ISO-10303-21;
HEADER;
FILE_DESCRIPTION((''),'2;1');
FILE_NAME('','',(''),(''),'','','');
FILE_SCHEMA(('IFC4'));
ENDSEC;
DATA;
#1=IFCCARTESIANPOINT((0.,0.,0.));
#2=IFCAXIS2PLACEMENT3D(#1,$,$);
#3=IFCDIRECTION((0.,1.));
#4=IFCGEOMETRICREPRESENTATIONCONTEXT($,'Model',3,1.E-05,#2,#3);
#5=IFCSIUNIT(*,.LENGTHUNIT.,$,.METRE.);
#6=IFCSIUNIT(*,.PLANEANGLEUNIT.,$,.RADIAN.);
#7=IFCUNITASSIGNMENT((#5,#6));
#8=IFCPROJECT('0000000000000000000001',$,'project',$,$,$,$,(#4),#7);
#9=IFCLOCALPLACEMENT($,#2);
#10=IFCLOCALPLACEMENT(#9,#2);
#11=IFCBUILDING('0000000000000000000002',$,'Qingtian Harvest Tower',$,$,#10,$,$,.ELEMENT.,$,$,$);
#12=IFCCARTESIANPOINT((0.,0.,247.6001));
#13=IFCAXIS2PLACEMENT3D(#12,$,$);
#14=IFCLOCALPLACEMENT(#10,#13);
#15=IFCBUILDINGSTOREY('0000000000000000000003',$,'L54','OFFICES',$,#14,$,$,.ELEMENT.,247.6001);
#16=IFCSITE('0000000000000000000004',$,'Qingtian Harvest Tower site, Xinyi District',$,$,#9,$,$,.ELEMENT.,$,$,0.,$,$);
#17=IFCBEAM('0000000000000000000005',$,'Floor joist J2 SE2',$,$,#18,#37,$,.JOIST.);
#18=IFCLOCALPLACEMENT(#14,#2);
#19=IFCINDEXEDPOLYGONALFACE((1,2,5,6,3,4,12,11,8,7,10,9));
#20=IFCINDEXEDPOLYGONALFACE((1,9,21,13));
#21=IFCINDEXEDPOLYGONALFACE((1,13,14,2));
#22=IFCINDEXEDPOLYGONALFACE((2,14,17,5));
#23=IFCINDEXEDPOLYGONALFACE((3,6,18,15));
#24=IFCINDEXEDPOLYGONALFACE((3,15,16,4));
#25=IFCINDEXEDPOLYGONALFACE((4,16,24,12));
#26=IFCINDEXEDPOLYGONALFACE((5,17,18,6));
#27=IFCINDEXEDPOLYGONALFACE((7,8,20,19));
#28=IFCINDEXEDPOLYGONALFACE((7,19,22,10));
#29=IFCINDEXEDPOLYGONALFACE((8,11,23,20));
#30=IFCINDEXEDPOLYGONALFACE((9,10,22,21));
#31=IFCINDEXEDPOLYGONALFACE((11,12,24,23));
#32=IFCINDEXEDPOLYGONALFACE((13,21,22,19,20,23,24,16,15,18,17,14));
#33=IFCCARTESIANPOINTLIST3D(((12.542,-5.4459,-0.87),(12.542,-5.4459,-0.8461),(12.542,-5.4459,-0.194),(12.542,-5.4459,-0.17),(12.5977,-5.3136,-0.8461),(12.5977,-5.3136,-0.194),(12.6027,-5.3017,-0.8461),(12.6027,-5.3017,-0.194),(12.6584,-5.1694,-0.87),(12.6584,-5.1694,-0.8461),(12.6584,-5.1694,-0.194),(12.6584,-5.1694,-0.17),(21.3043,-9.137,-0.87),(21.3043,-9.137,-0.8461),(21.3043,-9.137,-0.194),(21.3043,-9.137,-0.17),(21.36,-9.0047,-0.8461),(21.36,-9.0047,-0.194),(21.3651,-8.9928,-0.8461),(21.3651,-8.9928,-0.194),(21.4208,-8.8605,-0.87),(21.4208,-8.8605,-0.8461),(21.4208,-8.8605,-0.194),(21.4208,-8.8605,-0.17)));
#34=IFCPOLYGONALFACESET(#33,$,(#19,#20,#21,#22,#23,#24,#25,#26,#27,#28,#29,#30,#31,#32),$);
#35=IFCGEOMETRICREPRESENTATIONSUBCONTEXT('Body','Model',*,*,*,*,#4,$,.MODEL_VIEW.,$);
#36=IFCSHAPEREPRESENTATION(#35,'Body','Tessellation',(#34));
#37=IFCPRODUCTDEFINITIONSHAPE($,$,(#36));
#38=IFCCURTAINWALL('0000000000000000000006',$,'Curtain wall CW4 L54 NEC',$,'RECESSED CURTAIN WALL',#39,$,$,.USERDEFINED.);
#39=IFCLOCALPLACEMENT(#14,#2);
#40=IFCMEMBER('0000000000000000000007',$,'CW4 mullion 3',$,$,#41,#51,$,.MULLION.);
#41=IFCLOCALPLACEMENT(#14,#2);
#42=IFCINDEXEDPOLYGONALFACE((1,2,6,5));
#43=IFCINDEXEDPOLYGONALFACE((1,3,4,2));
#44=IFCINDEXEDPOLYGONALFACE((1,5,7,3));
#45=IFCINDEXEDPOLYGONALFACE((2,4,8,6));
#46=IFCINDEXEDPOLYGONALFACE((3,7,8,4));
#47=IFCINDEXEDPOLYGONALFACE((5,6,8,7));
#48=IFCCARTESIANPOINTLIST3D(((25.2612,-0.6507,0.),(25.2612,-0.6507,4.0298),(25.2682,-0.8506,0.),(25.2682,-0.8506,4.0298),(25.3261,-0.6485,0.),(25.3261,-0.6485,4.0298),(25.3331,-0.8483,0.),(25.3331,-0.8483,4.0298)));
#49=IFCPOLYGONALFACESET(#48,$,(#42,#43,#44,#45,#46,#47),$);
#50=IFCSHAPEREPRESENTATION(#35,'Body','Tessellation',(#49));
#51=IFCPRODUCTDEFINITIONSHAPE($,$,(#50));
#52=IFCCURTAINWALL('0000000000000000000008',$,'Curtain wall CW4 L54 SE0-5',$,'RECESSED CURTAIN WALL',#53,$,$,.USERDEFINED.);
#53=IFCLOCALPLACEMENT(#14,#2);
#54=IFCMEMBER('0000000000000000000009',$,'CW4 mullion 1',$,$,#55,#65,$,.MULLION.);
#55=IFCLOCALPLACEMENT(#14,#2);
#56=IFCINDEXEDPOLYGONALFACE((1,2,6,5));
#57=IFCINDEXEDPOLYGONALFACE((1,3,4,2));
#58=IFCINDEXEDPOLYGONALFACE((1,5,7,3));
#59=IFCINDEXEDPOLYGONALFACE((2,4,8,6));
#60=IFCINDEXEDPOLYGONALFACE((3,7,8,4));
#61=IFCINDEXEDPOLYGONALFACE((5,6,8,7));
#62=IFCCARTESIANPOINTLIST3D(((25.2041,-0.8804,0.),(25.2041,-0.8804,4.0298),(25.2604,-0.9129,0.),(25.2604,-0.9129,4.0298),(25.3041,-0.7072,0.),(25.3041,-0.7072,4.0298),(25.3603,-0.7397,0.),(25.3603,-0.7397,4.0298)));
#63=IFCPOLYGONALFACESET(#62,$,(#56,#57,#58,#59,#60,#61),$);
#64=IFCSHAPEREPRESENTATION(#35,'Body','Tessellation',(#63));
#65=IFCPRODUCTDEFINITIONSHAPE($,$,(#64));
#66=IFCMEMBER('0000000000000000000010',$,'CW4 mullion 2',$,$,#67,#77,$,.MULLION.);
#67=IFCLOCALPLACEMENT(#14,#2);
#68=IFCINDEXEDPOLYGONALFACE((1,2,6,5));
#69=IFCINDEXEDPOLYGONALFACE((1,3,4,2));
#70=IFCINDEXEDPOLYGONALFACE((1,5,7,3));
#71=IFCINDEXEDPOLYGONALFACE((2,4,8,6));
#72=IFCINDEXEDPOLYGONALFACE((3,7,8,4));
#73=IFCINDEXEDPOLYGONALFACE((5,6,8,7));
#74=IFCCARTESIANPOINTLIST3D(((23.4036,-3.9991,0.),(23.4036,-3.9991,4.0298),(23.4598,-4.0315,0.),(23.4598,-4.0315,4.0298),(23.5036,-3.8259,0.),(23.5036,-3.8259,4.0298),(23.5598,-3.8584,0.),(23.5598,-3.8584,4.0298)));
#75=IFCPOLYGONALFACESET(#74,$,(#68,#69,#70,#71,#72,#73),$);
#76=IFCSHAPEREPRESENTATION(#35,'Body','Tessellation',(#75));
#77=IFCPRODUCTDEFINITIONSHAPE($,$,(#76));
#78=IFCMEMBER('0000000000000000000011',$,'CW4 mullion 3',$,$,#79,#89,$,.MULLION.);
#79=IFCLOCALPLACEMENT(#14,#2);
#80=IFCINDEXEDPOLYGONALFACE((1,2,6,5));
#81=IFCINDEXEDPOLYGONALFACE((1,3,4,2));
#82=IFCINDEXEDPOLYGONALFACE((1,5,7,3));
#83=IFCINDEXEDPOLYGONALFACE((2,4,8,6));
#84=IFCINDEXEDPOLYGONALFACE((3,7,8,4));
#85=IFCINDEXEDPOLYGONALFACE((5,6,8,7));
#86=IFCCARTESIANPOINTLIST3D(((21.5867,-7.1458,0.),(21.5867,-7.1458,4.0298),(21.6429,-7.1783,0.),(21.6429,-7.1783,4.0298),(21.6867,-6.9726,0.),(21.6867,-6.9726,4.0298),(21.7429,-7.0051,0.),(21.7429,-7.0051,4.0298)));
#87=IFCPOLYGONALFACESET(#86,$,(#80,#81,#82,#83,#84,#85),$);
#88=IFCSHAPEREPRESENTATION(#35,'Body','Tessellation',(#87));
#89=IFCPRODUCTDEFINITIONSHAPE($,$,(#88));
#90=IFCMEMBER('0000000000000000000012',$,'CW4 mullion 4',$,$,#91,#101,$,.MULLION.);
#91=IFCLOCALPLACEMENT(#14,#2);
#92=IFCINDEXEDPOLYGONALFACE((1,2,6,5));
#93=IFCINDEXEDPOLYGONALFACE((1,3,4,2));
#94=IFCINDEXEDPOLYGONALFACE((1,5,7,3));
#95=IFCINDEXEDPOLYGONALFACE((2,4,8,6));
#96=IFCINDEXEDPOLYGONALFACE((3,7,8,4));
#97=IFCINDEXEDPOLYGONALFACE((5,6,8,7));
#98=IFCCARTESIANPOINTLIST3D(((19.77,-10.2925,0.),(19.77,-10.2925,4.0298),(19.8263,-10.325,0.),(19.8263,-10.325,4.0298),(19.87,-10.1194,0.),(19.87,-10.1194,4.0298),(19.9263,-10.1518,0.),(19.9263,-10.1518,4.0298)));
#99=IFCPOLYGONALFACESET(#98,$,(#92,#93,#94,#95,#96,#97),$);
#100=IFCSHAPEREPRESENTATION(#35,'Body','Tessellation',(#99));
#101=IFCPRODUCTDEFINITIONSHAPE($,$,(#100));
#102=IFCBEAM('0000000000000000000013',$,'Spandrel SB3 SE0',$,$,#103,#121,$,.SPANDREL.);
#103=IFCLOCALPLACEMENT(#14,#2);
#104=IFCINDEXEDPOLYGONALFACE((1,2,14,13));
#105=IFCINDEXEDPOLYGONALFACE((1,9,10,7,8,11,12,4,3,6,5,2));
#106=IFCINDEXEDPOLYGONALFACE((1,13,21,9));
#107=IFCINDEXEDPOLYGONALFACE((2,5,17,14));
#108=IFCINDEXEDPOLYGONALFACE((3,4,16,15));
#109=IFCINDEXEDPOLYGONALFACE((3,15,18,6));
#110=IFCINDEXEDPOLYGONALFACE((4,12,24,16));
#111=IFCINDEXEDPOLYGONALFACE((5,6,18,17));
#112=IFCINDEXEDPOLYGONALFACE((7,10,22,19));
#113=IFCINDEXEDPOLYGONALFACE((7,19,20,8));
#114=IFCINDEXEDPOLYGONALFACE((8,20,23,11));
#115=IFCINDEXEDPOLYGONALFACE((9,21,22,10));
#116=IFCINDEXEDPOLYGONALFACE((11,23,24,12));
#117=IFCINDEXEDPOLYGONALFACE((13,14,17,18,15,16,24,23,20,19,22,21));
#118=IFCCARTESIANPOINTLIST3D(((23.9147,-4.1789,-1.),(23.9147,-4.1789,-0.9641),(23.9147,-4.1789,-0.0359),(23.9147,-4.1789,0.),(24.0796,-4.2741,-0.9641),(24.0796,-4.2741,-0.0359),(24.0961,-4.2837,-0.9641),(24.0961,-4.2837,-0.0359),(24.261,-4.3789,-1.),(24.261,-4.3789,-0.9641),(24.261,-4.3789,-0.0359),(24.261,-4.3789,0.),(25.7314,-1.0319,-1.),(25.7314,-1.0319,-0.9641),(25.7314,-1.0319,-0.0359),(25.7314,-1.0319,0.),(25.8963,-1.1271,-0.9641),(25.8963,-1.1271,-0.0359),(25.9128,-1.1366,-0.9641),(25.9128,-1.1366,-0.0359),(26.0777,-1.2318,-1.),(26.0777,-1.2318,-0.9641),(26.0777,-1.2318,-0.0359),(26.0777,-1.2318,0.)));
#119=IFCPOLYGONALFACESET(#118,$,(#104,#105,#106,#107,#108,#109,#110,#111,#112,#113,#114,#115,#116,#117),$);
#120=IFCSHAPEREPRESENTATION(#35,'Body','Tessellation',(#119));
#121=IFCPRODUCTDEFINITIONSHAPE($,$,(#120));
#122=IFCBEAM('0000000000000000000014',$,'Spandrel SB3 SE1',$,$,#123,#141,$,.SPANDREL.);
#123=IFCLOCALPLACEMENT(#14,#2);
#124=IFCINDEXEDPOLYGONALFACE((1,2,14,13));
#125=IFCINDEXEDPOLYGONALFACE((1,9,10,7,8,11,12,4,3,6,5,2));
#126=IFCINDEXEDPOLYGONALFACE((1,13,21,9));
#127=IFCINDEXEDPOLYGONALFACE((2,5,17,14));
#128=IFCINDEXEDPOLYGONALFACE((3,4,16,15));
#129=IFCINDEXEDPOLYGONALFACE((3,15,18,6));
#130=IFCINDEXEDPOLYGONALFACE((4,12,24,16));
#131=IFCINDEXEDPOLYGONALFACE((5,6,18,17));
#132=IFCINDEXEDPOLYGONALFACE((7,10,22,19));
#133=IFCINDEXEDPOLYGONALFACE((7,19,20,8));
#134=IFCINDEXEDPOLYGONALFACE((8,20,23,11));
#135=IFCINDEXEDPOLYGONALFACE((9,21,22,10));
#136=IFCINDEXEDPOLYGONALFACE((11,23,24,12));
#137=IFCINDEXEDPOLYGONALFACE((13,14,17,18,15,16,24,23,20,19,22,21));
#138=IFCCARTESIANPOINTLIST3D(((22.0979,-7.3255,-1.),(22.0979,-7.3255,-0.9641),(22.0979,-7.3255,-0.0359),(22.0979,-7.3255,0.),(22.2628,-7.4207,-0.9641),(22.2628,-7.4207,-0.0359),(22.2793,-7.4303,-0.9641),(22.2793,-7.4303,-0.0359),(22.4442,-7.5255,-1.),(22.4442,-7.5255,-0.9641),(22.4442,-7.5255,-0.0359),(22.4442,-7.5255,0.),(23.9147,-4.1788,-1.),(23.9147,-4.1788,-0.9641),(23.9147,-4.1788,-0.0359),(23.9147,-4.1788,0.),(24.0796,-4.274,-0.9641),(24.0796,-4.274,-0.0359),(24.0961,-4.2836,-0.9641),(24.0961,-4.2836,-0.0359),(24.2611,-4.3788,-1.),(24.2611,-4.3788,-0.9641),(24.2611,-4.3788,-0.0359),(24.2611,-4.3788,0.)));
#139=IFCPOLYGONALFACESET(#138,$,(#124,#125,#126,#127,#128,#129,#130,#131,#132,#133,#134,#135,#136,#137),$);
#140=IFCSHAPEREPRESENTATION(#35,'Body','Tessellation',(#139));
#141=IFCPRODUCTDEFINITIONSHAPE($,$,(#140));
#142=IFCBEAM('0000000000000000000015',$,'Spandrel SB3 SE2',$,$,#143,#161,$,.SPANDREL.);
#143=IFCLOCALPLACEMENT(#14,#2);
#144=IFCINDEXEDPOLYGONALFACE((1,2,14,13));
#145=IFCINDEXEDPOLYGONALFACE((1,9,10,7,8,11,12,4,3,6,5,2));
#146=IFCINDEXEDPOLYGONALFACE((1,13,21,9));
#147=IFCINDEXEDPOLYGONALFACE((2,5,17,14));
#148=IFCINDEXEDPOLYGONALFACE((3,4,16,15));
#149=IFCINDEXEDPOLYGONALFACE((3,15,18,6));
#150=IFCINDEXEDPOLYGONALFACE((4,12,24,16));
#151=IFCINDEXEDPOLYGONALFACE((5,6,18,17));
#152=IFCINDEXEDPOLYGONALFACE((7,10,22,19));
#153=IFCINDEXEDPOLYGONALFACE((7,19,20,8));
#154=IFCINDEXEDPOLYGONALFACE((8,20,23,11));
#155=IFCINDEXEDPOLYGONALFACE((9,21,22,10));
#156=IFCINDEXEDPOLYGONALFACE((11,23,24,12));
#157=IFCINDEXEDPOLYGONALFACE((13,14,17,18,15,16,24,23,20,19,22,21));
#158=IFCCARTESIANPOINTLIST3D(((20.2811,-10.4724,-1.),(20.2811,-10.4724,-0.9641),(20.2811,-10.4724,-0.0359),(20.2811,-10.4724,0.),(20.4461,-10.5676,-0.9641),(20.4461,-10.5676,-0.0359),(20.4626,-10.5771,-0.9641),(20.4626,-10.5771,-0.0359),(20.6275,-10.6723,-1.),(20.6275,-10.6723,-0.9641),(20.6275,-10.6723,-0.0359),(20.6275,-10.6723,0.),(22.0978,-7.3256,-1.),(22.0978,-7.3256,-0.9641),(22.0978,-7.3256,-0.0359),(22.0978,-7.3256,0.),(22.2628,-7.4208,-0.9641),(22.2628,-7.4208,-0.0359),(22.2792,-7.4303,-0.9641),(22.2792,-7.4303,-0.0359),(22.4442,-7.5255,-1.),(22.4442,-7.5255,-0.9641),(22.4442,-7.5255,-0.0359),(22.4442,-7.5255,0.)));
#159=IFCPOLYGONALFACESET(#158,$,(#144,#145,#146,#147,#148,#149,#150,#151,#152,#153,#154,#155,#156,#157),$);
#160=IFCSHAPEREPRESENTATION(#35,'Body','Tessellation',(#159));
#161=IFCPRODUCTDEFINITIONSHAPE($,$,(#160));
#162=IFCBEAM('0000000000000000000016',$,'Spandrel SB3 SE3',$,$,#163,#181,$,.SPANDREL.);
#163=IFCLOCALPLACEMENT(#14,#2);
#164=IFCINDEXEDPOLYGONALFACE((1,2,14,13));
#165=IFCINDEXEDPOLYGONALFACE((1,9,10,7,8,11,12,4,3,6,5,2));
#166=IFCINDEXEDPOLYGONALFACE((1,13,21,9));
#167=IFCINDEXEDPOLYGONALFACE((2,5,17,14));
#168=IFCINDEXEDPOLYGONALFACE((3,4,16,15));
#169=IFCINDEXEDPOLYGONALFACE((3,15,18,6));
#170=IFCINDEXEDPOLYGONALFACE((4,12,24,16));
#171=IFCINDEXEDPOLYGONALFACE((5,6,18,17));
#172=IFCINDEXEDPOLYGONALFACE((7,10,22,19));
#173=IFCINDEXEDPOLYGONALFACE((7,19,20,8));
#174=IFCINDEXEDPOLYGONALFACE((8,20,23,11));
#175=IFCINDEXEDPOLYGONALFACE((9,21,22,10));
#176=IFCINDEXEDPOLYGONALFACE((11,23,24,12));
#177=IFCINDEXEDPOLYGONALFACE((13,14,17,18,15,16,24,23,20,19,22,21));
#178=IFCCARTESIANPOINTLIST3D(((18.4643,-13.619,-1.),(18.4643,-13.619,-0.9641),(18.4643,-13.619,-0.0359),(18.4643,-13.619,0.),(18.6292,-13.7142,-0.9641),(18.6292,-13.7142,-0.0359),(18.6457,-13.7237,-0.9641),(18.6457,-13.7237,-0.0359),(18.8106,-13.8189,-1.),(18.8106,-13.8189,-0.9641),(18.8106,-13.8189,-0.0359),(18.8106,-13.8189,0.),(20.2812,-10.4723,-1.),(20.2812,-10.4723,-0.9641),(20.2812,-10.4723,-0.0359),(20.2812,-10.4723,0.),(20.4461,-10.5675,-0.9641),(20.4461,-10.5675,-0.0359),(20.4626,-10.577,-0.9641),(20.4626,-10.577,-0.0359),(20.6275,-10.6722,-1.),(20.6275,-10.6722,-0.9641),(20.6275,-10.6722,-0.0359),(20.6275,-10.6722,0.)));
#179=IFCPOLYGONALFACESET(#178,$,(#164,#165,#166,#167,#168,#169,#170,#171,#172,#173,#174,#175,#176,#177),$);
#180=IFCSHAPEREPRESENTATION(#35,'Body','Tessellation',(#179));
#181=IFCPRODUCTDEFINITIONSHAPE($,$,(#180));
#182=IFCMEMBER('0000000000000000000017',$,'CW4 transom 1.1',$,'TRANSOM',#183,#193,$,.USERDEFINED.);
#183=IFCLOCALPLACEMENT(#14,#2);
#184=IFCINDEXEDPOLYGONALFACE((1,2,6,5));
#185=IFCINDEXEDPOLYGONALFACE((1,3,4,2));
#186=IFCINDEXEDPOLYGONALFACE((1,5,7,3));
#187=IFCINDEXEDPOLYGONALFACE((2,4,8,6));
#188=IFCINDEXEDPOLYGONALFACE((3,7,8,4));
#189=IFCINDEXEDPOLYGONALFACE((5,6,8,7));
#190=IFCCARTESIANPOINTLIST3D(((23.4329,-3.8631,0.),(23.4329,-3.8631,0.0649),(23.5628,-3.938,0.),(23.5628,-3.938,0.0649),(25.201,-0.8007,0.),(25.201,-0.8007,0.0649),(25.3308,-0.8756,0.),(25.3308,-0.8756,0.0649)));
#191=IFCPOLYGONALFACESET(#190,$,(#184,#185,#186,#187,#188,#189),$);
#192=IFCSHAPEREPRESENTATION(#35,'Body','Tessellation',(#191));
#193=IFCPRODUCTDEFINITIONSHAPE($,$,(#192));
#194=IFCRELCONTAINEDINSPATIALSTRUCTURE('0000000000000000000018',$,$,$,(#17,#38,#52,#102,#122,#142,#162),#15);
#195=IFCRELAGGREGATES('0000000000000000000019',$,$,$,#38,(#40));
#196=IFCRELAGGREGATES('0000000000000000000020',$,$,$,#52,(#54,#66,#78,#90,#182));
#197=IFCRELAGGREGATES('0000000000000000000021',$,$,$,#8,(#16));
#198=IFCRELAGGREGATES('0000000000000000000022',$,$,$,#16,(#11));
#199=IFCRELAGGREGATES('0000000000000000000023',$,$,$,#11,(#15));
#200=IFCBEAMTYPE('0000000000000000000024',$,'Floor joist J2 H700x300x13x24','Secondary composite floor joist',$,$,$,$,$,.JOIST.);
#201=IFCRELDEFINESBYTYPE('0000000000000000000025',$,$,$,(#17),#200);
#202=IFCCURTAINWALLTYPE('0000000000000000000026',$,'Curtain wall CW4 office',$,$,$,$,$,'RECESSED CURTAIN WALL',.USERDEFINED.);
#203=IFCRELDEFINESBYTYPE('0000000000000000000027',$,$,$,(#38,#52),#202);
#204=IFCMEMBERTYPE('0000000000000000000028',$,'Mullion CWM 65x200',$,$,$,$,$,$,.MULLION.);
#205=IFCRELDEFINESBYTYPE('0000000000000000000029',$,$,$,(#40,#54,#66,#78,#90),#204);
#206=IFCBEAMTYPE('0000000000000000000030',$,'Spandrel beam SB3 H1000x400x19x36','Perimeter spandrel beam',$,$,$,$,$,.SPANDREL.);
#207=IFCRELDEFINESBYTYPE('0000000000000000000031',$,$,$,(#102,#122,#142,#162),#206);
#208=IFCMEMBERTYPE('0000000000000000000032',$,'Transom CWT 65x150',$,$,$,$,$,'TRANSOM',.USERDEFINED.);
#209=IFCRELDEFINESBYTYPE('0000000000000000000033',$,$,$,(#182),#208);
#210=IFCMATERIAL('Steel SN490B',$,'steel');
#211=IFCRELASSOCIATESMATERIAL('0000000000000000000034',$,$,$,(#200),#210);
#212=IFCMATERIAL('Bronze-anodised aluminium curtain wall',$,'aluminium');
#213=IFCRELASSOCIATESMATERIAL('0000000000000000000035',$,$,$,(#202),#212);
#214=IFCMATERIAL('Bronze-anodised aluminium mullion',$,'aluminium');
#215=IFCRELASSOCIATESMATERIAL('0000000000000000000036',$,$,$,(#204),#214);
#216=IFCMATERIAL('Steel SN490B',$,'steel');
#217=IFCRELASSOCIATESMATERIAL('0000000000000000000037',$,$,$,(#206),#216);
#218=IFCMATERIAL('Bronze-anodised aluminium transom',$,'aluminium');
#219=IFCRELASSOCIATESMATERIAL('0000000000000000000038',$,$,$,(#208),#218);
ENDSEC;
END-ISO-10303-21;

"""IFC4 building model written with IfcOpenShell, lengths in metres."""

from ifc_helpers import new_model, si_unit, direction, frame, origin, origin_2d, place, context, subcontext, project, spatial, rectangle, i_section, extrude, material, material_profile, profile_set, type_object, element, aggregate, save


model = new_model("IFC4")

# Units and contexts
model_context = context("Model", 3, precision=1e-05, world=origin(), true_north=direction((0.0, 1.0)))
body_context = subcontext(model_context, "Body", "Model", "MODEL_VIEW")
ifc_project = project(units=[si_unit("LENGTHUNIT", "METRE"), si_unit("PLANEANGLEUNIT", "RADIAN")], contexts=[model_context])

# Site, building, storey
site_placement = place(None, origin())
site = spatial("IfcSite", under=ifc_project, at=site_placement, Name="Qingtian Harvest Tower site, Xinyi District", CompositionType="ELEMENT", RefElevation=0.0)
building_placement = place(site_placement, origin())
building = spatial("IfcBuilding", under=site, at=building_placement, Name="Qingtian Harvest Tower", CompositionType="ELEMENT")
storey_placement = place(building_placement, frame((0.0, 0.0, 247.6001)))
storey = spatial("IfcBuildingStorey", under=building, at=storey_placement, Name="L54", Description="OFFICES", CompositionType="ELEMENT", Elevation=247.6001)

# Beam
ifc_material_1 = material(Name="Steel SN490B", Category="steel")
ifc_material_profile_1 = material_profile(ifc_material_1, i_section(OverallWidth=0.3, OverallDepth=0.7, WebThickness=0.0129, FlangeThickness=0.0239, at=origin_2d()), Name="H700x300x13x24")
ifc_profile_set_1 = profile_set([ifc_material_profile_1], Name="Steel SN490B")
beam_type_1 = type_object("IfcBeamType", Name="Floor joist J2 H700x300x13x24", Description="Secondary composite floor joist", PredefinedType="JOIST", material=ifc_profile_set_1)
beam_1_placement = place(storey_placement, frame((21.3625, -8.9988, -0.52), z_axis=(-0.921571, 0.38821, 0.0), x_axis=(-0.38821, -0.921571, 0.0)))
element("IfcBeam", 1, at=beam_1_placement, inside=storey, type_object=beam_type_1, Name="Floor joist J2 SE2", PredefinedType="JOIST", context=body_context, shape_type="SweptSolid", body=[
    extrude(i_section(OverallWidth=0.3, OverallDepth=0.7, WebThickness=0.0129, FlangeThickness=0.0239, at=origin_2d()), origin(), (0.0, 0.0, 1.0), 9.5081),
])

# Curtain wall, member
ifc_material_2 = material(Name="Bronze-anodised aluminium curtain wall", Category="aluminium")
curtain_wall_type = type_object("IfcCurtainWallType", Name="Curtain wall CW4 office", ElementType="RECESSED CURTAIN WALL", PredefinedType="USERDEFINED", material=ifc_material_2)
curtain_wall_1_placement = place(storey_placement, origin())
curtain_wall_1 = element("IfcCurtainWall", 2, at=curtain_wall_1_placement, inside=storey, type_object=curtain_wall_type, Name="Curtain wall CW4 L54 NEC", ObjectType="RECESSED CURTAIN WALL", PredefinedType="USERDEFINED")
ifc_material_3 = material(Name="Bronze-anodised aluminium mullion", Category="aluminium")
ifc_material_profile_2 = material_profile(ifc_material_3, rectangle(XDim=0.0649, YDim=0.2, at=origin_2d()), Name="AL 65x200")
ifc_profile_set_2 = profile_set([ifc_material_profile_2], Name="Bronze-anodised aluminium mullion")
member_type_1 = type_object("IfcMemberType", Name="Mullion CWM 65x200", PredefinedType="MULLION", material=ifc_profile_set_2)
member_1_placement = place(storey_placement, frame((25.2971, -0.7495, 0.0), z_axis=(0.0, 0.0, 1.0), x_axis=(0.999391, 0.034899, 0.0)))
member_1 = element("IfcMember", 3, at=member_1_placement, type_object=member_type_1, Name="CW4 mullion 3", PredefinedType="MULLION", context=body_context, shape_type="SweptSolid", body=[
    extrude(rectangle(XDim=0.0649, YDim=0.2, at=origin_2d()), origin(), (0.0, 0.0, 1.0), 4.0298),
])
aggregate(curtain_wall_1, [member_1])

# Curtain wall, members
curtain_wall_2_placement = place(storey_placement, origin())
curtain_wall_2 = element("IfcCurtainWall", 4, at=curtain_wall_2_placement, inside=storey, type_object=curtain_wall_type, Name="Curtain wall CW4 L54 SE0-5", ObjectType="RECESSED CURTAIN WALL", PredefinedType="USERDEFINED")
member_2_placement = place(storey_placement, frame((25.2822, -0.8101, 0.0), z_axis=(0.0, 0.0, 1.0), x_axis=(0.866025, -0.5, 0.0)))
member_2 = element("IfcMember", 5, at=member_2_placement, type_object=member_type_1, Name="CW4 mullion 1", PredefinedType="MULLION", context=body_context, shape_type="SweptSolid", body=[
    extrude(rectangle(XDim=0.0649, YDim=0.2, at=origin_2d()), origin(), (0.0, 0.0, 1.0), 4.0298),
])
member_3_placement = place(storey_placement, frame((23.4817, -3.9287, 0.0), z_axis=(0.0, 0.0, 1.0), x_axis=(0.866025, -0.5, 0.0)))
member_3 = element("IfcMember", 6, at=member_3_placement, type_object=member_type_1, Name="CW4 mullion 2", PredefinedType="MULLION", context=body_context, shape_type="SweptSolid", body=[
    extrude(rectangle(XDim=0.0649, YDim=0.2, at=origin_2d()), origin(), (0.0, 0.0, 1.0), 4.0298),
])
member_4_placement = place(storey_placement, frame((21.6648, -7.0754, 0.0), z_axis=(0.0, 0.0, 1.0), x_axis=(0.866025, -0.5, 0.0)))
member_4 = element("IfcMember", 7, at=member_4_placement, type_object=member_type_1, Name="CW4 mullion 3", PredefinedType="MULLION", context=body_context, shape_type="SweptSolid", body=[
    extrude(rectangle(XDim=0.0649, YDim=0.2, at=origin_2d()), origin(), (0.0, 0.0, 1.0), 4.0298),
])
member_5_placement = place(storey_placement, frame((19.8481, -10.2222, 0.0), z_axis=(0.0, 0.0, 1.0), x_axis=(0.866025, -0.5, 0.0)))
member_5 = element("IfcMember", 8, at=member_5_placement, type_object=member_type_1, Name="CW4 mullion 4", PredefinedType="MULLION", context=body_context, shape_type="SweptSolid", body=[
    extrude(rectangle(XDim=0.0649, YDim=0.2, at=origin_2d()), origin(), (0.0, 0.0, 1.0), 4.0298),
])

# Beams
ifc_material_4 = material(Name="Steel SN490B", Category="steel")
ifc_material_profile_3 = material_profile(ifc_material_4, i_section(OverallWidth=0.3999, OverallDepth=1.0, WebThickness=0.019, FlangeThickness=0.0359, at=origin_2d()), Name="H1000x400x19x36")
ifc_profile_set_3 = profile_set([ifc_material_profile_3], Name="Steel SN490B")
beam_type_2 = type_object("IfcBeamType", Name="Spandrel beam SB3 H1000x400x19x36", Description="Perimeter spandrel beam", PredefinedType="SPANDREL", material=ifc_profile_set_3)
beam_2_placement = place(storey_placement, frame((25.9045, -1.1318, -0.5), z_axis=(-0.499947, -0.866056, 0.0), x_axis=(0.866056, -0.499947, 0.0)))
element("IfcBeam", 9, at=beam_2_placement, inside=storey, type_object=beam_type_2, Name="Spandrel SB3 SE0", PredefinedType="SPANDREL", context=body_context, shape_type="SweptSolid", body=[
    extrude(i_section(OverallWidth=0.3999, OverallDepth=1.0, WebThickness=0.019, FlangeThickness=0.0359, at=origin_2d()), origin(), (0.0, 0.0, 1.0), 3.6338),
])
for number, where, z_axis, x_axis, name in (
    (10, (24.0879, -4.2788, -0.5), (-0.500027, -0.86601, 0.0), (0.86601, -0.500027, 0.0), "Spandrel SB3 SE1"),
    (11, (22.271, -7.4255, -0.5), (-0.499976, -0.866039, 0.0), (0.866039, -0.499976, 0.0), "Spandrel SB3 SE2"),
    (12, (20.4543, -10.5723, -0.5), (-0.500027, -0.86601, 0.0), (0.86601, -0.500027, 0.0), "Spandrel SB3 SE3"),
):
    element("IfcBeam", number, at=place(storey_placement, frame(where, z_axis=z_axis, x_axis=x_axis)), inside=storey, type_object=beam_type_2, Name=name, PredefinedType="SPANDREL", context=body_context, shape_type="SweptSolid", body=[
        extrude(i_section(OverallWidth=0.3999, OverallDepth=1.0, WebThickness=0.019, FlangeThickness=0.0359, at=origin_2d()), origin(), (0.0, 0.0, 1.0), 3.6335),
    ])

# Member
ifc_material_5 = material(Name="Bronze-anodised aluminium transom", Category="aluminium")
ifc_material_profile_4 = material_profile(ifc_material_5, rectangle(XDim=0.1499, YDim=0.0649, at=origin_2d()), Name="AL 65x150")
ifc_profile_set_4 = profile_set([ifc_material_profile_4], Name="Bronze-anodised aluminium transom")
member_type_2 = type_object("IfcMemberType", Name="Transom CWT 65x150", ElementType="TRANSOM", PredefinedType="USERDEFINED", material=ifc_profile_set_4)
member_6_placement = place(storey_placement, frame((25.2659, -0.8381, 0.0325), z_axis=(-0.499985, -0.866034, 0.0), x_axis=(0.866034, -0.499985, 0.0)))
member_6 = element("IfcMember", 13, at=member_6_placement, type_object=member_type_2, Name="CW4 transom 1.1", ObjectType="TRANSOM", PredefinedType="USERDEFINED", context=body_context, shape_type="SweptSolid", body=[
    extrude(rectangle(XDim=0.1499, YDim=0.0649, at=origin_2d()), origin(), (0.0, 0.0, 1.0), 3.5361),
])

aggregate(curtain_wall_2, [member_2, member_3, member_4, member_5, member_6])

save(model, "model.ifc")
